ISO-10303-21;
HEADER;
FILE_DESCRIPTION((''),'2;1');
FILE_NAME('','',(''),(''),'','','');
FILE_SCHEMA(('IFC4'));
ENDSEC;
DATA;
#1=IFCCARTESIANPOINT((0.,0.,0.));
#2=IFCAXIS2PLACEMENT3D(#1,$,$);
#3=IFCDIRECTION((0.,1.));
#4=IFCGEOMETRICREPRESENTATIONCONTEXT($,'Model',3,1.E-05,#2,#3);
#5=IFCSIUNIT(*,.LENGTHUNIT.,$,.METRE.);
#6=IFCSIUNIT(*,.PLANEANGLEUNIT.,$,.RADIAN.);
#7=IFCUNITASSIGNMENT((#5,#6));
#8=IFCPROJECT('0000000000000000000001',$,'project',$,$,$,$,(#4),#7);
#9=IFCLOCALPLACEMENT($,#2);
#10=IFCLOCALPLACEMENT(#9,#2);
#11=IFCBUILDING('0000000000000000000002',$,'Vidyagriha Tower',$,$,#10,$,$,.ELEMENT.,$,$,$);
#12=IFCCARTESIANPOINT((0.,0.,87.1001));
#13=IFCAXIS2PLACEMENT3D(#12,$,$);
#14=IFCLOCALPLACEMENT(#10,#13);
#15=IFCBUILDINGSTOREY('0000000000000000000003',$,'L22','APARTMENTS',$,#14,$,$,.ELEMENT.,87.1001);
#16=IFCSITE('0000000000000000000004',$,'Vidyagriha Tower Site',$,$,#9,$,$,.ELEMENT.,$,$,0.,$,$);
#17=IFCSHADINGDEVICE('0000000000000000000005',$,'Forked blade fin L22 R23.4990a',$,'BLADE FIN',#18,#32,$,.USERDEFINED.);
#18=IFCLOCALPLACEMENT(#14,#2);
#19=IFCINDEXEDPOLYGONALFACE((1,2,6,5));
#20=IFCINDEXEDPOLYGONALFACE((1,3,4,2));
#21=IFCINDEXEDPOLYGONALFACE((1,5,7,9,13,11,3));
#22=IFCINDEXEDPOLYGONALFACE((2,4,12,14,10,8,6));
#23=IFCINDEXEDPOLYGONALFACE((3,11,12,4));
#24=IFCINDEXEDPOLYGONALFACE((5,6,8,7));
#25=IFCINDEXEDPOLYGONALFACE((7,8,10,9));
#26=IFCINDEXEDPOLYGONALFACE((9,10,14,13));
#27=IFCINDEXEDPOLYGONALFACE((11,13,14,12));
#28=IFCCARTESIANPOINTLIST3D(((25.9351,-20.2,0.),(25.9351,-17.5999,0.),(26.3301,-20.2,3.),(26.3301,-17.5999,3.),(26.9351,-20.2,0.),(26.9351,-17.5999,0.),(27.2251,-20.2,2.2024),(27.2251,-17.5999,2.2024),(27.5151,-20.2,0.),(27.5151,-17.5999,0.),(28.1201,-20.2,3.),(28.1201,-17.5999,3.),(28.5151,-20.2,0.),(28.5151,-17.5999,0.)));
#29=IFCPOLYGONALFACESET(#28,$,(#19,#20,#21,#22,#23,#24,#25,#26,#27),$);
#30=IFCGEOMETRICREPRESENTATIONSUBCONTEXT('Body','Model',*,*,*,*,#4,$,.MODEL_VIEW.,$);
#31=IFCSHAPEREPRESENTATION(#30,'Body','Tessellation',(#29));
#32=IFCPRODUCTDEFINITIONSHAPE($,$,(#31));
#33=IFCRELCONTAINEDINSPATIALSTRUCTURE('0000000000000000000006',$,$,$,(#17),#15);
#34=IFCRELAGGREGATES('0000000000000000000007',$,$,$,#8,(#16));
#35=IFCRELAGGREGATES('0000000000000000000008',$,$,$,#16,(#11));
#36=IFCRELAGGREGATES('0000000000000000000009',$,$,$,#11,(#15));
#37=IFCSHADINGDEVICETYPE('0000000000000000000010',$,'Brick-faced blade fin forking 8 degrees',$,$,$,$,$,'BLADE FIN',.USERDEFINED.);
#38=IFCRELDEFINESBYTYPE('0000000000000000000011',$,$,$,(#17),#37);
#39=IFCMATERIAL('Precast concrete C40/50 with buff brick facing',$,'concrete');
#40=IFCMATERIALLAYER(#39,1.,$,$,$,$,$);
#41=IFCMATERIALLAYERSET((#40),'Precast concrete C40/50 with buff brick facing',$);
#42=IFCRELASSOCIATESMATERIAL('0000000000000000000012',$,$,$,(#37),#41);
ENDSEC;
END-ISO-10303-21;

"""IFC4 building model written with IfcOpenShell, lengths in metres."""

from ifc_helpers import new_model, si_unit, direction, frame, origin, place, context, subcontext, project, spatial, polyline, outline, extrude, material, layer, layer_set, type_object, element, save


model = new_model("IFC4")

# Units and contexts
model_context = context("Model", 3, precision=1e-05, world=origin(), true_north=direction((0.0, 1.0)))
body_context = subcontext(model_context, "Body", "Model", "MODEL_VIEW")
ifc_project = project(units=[si_unit("LENGTHUNIT", "METRE"), si_unit("PLANEANGLEUNIT", "RADIAN")], contexts=[model_context])

# Site, building, storey
site_placement = place(None, origin())
site = spatial("IfcSite", under=ifc_project, at=site_placement, Name="Vidyagriha Tower Site", CompositionType="ELEMENT", RefElevation=0.0)
building_placement = place(site_placement, origin())
building = spatial("IfcBuilding", under=site, at=building_placement, Name="Vidyagriha Tower", CompositionType="ELEMENT")
storey_placement = place(building_placement, frame((0.0, 0.0, 87.1001)))
storey = spatial("IfcBuildingStorey", under=building, at=storey_placement, Name="L22", Description="APARTMENTS", CompositionType="ELEMENT", Elevation=87.1001)

# Shading device
ifc_material_1 = material(Name="Precast concrete C40/50 with buff brick facing", Category="concrete")
ifc_layer_1 = layer(ifc_material_1, 1.0)
ifc_layer_set_1 = layer_set([ifc_layer_1], Name="Precast concrete C40/50 with buff brick facing")
shading_device_type_1 = type_object("IfcShadingDeviceType", Name="Brick-faced blade fin forking 8 degrees", ElementType="BLADE FIN", PredefinedType="USERDEFINED", material=ifc_layer_set_1)
shading_device_1_placement = place(storey_placement, frame((25.9351, -18.8999, 0.0)))
element("IfcShadingDevice", 1, at=shading_device_1_placement, inside=storey, type_object=shading_device_type_1, Name="Forked blade fin L22 R23.4990a", ObjectType="BLADE FIN", PredefinedType="USERDEFINED", context=body_context, shape_type="SweptSolid", body=[
    extrude(outline(polyline([(1.0, 0.0), (1.29, 2.2024), (1.5801, 0.0), (2.5801, 0.0), (2.1851, 3.0), (0.395, 3.0), (0.0, 0.0), (1.0, 0.0)])), frame((0.0, 1.3, 0.0), z_axis=(0.0, -1.0, 0.0), x_axis=(1.0, 0.0, 0.0)), (0.0, 0.0, 1.0), 2.6001),
])

save(model, "model.ifc")
